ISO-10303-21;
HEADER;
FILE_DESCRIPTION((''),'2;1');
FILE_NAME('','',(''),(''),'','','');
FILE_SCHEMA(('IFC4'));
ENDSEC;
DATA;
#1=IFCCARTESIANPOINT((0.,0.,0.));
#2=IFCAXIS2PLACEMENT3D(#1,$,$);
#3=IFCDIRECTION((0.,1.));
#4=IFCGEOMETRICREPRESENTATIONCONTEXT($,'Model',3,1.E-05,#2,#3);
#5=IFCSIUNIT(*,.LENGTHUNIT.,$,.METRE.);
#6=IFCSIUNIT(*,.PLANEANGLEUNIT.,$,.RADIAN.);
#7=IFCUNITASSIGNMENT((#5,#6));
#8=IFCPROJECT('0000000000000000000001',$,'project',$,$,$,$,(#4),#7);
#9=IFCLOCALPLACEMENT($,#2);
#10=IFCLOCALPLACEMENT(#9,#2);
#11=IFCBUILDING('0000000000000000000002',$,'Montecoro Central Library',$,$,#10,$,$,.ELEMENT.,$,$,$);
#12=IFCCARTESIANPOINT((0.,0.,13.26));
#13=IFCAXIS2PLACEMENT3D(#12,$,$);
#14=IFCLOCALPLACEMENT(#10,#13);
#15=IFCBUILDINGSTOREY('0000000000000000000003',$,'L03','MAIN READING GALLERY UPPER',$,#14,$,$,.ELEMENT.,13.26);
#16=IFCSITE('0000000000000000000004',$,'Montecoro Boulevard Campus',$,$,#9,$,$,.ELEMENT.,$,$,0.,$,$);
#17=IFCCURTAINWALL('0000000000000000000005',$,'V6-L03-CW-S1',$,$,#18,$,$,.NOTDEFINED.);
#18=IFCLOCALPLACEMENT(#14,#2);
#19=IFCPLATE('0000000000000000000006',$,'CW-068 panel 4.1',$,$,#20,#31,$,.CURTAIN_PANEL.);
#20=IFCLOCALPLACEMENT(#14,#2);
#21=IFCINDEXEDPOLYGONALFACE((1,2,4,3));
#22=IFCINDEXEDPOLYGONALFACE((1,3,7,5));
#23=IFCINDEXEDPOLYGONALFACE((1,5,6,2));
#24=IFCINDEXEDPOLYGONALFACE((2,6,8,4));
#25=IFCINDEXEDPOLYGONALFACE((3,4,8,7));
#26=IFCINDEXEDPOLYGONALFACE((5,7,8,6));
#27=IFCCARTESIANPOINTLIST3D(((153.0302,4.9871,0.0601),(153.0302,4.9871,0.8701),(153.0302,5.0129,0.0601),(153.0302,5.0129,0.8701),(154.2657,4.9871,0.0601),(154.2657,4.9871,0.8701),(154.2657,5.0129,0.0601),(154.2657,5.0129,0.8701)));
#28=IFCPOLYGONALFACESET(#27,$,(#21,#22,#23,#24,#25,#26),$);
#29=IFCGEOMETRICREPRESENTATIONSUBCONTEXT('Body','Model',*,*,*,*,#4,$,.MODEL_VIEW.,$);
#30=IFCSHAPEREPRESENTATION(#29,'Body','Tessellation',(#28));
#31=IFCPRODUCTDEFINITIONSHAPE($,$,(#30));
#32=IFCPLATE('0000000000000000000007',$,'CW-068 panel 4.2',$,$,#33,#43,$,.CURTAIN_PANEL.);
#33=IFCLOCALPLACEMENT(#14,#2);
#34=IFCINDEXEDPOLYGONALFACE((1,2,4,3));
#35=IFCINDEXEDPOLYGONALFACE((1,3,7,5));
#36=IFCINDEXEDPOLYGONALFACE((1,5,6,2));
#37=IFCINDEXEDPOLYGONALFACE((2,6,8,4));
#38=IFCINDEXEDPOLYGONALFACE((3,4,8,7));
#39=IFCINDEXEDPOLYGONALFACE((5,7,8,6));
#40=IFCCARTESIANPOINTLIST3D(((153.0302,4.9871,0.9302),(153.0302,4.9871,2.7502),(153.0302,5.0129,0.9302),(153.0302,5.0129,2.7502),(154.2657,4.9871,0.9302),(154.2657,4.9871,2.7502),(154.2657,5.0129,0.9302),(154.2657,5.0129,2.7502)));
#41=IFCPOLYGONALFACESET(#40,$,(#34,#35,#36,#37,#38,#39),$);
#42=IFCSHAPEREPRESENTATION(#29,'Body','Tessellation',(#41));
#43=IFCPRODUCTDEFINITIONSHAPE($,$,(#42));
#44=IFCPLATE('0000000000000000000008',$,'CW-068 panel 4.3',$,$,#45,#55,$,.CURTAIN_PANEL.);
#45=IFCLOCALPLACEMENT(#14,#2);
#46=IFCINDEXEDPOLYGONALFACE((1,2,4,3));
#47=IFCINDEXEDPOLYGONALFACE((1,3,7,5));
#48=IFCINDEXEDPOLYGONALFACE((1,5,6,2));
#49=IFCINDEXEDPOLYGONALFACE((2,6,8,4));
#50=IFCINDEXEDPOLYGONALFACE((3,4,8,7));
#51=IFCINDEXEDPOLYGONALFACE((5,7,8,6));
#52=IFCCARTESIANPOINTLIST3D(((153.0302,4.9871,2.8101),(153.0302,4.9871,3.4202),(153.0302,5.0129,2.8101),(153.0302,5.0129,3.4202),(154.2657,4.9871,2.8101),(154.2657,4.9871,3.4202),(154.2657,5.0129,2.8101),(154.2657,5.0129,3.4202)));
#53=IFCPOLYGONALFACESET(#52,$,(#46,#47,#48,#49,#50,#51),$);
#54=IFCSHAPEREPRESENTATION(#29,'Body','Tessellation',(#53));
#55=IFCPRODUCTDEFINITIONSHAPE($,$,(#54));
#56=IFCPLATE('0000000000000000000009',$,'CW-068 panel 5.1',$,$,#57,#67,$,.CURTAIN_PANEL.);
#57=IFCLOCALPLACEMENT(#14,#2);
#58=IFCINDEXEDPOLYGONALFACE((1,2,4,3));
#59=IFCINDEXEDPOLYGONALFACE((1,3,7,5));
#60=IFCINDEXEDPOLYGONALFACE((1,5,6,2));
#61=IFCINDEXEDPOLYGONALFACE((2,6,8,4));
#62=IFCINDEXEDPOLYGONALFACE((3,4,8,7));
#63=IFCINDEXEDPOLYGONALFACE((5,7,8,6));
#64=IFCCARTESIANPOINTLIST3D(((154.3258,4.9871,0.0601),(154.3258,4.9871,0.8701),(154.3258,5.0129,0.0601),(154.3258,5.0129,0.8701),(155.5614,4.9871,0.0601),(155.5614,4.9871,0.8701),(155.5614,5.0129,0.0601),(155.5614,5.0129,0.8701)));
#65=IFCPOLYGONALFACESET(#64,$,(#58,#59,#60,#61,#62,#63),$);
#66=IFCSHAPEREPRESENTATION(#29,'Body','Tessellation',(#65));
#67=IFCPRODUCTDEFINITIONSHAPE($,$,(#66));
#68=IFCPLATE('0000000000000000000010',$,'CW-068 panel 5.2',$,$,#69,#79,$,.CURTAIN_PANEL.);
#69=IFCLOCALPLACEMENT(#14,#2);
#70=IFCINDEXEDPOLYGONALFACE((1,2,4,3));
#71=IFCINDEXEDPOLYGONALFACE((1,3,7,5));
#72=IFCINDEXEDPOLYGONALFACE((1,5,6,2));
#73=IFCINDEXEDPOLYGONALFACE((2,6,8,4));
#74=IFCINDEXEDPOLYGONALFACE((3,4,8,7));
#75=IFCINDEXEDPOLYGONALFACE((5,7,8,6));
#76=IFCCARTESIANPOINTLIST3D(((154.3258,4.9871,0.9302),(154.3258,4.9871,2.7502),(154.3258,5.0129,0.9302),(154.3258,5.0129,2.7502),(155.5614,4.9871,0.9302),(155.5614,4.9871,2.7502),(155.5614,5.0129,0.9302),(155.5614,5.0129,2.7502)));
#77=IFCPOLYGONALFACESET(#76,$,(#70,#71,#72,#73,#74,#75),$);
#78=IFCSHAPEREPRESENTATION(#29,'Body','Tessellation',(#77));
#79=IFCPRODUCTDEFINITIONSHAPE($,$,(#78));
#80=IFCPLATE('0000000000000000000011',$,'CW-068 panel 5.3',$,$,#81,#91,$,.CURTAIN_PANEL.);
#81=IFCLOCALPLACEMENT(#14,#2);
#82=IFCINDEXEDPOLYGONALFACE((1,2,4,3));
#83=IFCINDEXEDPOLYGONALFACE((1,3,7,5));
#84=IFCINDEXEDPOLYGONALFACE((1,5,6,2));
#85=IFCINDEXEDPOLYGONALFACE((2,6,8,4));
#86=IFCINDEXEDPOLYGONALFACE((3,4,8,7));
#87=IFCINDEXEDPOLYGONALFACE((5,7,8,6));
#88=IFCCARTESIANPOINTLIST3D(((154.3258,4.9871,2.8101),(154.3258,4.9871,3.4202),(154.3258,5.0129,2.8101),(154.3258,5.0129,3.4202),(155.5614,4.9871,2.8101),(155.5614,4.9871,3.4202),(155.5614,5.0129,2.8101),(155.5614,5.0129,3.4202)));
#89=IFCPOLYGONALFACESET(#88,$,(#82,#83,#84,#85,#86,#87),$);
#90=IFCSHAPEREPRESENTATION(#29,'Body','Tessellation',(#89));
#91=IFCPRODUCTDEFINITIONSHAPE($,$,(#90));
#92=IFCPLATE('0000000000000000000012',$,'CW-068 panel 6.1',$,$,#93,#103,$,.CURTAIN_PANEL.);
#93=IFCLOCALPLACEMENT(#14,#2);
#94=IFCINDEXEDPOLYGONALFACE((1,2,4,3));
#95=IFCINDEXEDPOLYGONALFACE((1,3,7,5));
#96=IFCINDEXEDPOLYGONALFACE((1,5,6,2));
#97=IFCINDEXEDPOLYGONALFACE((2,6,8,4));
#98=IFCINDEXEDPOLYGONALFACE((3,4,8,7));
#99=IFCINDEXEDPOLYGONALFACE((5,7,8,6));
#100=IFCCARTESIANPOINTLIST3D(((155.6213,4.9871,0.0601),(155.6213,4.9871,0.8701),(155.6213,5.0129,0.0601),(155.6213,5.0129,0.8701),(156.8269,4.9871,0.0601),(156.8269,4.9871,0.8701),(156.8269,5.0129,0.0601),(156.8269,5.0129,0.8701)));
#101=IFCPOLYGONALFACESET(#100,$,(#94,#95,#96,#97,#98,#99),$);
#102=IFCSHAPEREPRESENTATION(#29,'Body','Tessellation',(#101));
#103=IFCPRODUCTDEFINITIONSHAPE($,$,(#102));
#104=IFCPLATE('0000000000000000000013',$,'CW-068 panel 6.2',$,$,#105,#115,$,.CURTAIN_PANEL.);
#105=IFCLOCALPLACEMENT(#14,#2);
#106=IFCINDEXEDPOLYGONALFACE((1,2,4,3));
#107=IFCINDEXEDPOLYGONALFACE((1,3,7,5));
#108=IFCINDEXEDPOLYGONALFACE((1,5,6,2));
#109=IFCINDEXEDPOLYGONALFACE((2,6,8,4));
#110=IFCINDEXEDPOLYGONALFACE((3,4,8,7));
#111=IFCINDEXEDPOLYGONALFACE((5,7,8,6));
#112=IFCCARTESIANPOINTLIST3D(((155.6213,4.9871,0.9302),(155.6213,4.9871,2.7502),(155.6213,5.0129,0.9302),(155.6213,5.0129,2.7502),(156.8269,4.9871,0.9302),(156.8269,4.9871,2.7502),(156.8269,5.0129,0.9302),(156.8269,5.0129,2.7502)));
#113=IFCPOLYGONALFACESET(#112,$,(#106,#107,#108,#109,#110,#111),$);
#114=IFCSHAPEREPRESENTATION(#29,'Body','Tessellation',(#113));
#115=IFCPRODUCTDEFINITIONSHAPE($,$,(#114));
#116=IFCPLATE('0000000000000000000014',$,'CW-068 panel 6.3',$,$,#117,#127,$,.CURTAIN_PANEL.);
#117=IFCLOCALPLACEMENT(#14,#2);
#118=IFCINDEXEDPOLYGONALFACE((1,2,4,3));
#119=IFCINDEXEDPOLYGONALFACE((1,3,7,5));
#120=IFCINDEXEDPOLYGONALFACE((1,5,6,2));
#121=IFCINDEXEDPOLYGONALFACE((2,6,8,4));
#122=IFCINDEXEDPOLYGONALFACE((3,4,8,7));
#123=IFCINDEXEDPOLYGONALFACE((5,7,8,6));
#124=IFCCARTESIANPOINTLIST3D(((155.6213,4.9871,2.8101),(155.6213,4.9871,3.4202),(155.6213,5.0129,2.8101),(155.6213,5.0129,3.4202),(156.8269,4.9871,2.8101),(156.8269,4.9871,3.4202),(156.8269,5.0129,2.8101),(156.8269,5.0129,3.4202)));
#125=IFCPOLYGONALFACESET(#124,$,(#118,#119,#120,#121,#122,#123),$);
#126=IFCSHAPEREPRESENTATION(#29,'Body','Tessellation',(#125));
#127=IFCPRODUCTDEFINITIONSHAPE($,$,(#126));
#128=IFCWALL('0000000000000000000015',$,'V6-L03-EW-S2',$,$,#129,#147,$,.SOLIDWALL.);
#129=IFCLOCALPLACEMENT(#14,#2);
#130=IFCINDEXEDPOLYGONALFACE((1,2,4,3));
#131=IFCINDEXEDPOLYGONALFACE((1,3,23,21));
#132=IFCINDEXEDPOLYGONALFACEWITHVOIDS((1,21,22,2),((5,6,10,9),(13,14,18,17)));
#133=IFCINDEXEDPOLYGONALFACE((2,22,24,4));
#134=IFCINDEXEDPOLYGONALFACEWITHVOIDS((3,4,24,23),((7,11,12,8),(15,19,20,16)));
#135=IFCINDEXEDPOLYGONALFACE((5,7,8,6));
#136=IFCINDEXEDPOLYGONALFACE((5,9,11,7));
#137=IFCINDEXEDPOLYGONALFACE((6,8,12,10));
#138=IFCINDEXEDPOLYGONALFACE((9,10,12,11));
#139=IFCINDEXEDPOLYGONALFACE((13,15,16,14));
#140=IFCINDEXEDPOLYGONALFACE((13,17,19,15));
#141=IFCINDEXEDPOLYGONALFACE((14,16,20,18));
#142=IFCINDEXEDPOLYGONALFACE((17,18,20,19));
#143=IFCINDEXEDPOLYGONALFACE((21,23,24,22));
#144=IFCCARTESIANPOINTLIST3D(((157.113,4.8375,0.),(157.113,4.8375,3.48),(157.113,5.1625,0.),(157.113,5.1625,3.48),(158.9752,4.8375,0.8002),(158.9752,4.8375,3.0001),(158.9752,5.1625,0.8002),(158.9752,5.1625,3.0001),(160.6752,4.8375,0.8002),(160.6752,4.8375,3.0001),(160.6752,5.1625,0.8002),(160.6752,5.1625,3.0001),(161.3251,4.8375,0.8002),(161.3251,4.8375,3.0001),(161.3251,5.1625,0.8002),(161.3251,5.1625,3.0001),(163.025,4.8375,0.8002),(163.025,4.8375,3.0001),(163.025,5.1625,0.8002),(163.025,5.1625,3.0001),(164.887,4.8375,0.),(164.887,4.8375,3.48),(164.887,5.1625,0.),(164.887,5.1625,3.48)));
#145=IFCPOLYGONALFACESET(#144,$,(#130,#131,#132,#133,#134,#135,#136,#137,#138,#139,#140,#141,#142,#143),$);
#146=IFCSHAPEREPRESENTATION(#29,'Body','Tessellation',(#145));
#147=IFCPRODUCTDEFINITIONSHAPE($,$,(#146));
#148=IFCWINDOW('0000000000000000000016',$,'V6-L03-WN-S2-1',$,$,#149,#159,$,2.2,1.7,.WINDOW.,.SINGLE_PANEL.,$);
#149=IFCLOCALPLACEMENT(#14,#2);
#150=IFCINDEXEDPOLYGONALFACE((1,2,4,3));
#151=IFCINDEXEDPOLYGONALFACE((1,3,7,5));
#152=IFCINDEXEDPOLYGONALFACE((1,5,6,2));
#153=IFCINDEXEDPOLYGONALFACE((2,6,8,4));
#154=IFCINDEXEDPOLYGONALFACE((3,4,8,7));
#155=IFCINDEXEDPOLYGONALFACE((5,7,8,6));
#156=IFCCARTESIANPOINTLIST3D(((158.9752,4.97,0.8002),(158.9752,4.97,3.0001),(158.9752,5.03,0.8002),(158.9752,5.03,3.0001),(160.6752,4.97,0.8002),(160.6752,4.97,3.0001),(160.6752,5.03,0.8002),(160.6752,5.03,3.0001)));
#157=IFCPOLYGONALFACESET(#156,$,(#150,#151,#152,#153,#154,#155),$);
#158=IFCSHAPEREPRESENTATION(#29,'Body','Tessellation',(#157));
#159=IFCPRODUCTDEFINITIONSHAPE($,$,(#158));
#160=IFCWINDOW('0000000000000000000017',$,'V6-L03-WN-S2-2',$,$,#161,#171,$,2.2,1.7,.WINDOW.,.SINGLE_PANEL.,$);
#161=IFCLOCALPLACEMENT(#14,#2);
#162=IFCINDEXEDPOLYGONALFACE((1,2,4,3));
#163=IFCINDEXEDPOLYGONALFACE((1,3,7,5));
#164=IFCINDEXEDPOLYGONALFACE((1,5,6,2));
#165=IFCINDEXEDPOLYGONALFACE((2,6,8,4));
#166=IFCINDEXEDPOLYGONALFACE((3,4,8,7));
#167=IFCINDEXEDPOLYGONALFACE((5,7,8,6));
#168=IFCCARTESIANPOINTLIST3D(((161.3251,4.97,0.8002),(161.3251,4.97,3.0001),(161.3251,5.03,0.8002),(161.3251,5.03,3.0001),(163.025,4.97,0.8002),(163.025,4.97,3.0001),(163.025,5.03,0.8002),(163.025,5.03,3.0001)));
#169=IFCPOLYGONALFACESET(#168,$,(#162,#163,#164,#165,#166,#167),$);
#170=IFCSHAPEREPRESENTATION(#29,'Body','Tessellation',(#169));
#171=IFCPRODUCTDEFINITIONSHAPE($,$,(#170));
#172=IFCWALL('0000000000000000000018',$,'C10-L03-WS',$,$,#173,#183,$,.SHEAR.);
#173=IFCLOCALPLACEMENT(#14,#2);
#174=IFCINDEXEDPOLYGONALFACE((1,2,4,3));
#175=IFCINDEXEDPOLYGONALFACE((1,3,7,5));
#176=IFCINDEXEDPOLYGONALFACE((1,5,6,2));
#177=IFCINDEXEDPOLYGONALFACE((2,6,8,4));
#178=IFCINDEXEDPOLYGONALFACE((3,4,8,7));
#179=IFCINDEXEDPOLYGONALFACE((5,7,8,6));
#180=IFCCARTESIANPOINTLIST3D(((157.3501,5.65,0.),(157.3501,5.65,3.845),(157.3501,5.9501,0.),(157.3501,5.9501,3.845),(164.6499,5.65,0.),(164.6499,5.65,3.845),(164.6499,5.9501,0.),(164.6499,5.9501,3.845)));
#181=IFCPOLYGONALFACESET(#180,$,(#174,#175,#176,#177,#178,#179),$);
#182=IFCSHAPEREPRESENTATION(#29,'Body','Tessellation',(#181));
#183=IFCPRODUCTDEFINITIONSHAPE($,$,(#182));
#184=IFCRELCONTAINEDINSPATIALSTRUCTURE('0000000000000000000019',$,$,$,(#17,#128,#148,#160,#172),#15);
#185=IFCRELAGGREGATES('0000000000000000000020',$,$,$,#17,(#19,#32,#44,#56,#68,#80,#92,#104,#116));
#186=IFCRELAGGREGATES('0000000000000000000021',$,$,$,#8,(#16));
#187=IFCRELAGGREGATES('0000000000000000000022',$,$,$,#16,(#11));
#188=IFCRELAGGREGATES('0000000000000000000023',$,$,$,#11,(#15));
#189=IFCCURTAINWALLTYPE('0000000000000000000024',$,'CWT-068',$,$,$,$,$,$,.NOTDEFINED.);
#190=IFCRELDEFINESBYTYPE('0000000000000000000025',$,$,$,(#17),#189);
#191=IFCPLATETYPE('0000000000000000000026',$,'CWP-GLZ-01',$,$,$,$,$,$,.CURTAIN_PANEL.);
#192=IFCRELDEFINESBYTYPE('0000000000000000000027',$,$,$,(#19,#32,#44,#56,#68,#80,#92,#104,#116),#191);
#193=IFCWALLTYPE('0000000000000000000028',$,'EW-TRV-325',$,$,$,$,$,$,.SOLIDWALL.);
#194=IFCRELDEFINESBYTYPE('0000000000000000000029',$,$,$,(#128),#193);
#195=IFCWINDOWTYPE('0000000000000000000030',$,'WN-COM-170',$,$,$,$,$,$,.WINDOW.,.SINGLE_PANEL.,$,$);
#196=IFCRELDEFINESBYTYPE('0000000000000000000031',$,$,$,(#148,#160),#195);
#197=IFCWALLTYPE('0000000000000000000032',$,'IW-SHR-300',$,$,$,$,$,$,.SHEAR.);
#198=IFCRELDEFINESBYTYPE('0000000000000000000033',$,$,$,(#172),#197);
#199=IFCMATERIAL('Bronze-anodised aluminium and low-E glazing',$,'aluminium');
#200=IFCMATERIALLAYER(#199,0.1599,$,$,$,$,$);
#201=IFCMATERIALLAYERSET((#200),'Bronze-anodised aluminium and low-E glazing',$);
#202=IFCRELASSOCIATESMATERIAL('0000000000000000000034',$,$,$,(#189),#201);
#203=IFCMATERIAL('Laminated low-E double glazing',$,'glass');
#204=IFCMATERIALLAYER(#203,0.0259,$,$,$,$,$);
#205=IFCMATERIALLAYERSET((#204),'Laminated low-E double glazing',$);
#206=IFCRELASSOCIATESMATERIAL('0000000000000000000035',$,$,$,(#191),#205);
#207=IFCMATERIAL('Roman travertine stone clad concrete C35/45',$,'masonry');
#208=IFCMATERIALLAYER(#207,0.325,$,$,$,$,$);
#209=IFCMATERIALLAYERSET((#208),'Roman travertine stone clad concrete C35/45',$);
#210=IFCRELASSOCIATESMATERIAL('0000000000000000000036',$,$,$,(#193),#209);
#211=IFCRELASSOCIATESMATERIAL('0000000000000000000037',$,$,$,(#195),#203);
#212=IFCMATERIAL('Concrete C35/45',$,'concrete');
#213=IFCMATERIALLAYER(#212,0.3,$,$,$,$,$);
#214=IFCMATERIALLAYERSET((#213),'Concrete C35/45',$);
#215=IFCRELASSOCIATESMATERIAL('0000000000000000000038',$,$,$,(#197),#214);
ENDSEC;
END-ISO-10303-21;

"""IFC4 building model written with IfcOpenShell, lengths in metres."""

from ifc_helpers import new_model, si_unit, direction, frame, frame_2d, origin, origin_2d, place, context, subcontext, project, spatial, rectangle, extrude, material, layer, layer_set, type_object, element, fill, aggregate, save


model = new_model("IFC4")

# Units and contexts
model_context = context("Model", 3, precision=1e-05, world=origin(), true_north=direction((0.0, 1.0)))
body_context = subcontext(model_context, "Body", "Model", "MODEL_VIEW")
ifc_project = project(units=[si_unit("LENGTHUNIT", "METRE"), si_unit("PLANEANGLEUNIT", "RADIAN")], contexts=[model_context])

# Site, building, storey
site_placement = place(None, origin())
site = spatial("IfcSite", under=ifc_project, at=site_placement, Name="Montecoro Boulevard Campus", CompositionType="ELEMENT", RefElevation=0.0)
building_placement = place(site_placement, origin())
building = spatial("IfcBuilding", under=site, at=building_placement, Name="Montecoro Central Library", CompositionType="ELEMENT")
storey_placement = place(building_placement, frame((0.0, 0.0, 13.26)))
storey = spatial("IfcBuildingStorey", under=building, at=storey_placement, Name="L03", Description="MAIN READING GALLERY UPPER", CompositionType="ELEMENT", Elevation=13.26)

# Curtain wall, plates
ifc_material_1 = material(Name="Bronze-anodised aluminium and low-E glazing", Category="aluminium")
ifc_layer_1 = layer(ifc_material_1, 0.1599)
ifc_layer_set_1 = layer_set([ifc_layer_1], Name="Bronze-anodised aluminium and low-E glazing")
curtain_wall_type = type_object("IfcCurtainWallType", Name="CWT-068", PredefinedType="NOTDEFINED", material=ifc_layer_set_1)
curtain_wall_placement = place(storey_placement, origin())
curtain_wall = element("IfcCurtainWall", 1, at=curtain_wall_placement, inside=storey, type_object=curtain_wall_type, Name="V6-L03-CW-S1", PredefinedType="NOTDEFINED")
ifc_material_2 = material(Name="Laminated low-E double glazing", Category="glass")
ifc_layer_2 = layer(ifc_material_2, 0.0259)
ifc_layer_set_2 = layer_set([ifc_layer_2], Name="Laminated low-E double glazing")
plate_type = type_object("IfcPlateType", Name="CWP-GLZ-01", PredefinedType="CURTAIN_PANEL", material=ifc_layer_set_2)
plate_1_placement = place(storey_placement, frame((153.6479, 5.0, 0.0601), z_axis=(0.0, 0.0, 1.0), x_axis=(1.0, 0.0, 0.0)))
plate_1 = element("IfcPlate", 2, at=plate_1_placement, type_object=plate_type, Name="CW-068 panel 4.1", PredefinedType="CURTAIN_PANEL", context=body_context, shape_type="SweptSolid", body=[
    extrude(rectangle(XDim=1.2356, YDim=0.0259, at=origin_2d()), origin(), (0.0, 0.0, 1.0), 0.8101),
])
plate_2_placement = place(storey_placement, frame((153.6479, 5.0, 0.9302), z_axis=(0.0, 0.0, 1.0), x_axis=(1.0, 0.0, 0.0)))
plate_2 = element("IfcPlate", 3, at=plate_2_placement, type_object=plate_type, Name="CW-068 panel 4.2", PredefinedType="CURTAIN_PANEL", context=body_context, shape_type="SweptSolid", body=[
    extrude(rectangle(XDim=1.2356, YDim=0.0259, at=origin_2d()), origin(), (0.0, 0.0, 1.0), 1.8201),
])
plate_3_placement = place(storey_placement, frame((153.6479, 5.0, 2.8101), z_axis=(0.0, 0.0, 1.0), x_axis=(1.0, 0.0, 0.0)))
plate_3 = element("IfcPlate", 4, at=plate_3_placement, type_object=plate_type, Name="CW-068 panel 4.3", PredefinedType="CURTAIN_PANEL", context=body_context, shape_type="SweptSolid", body=[
    extrude(rectangle(XDim=1.2356, YDim=0.0259, at=origin_2d()), origin(), (0.0, 0.0, 1.0), 0.6101),
])
plate_4_placement = place(storey_placement, frame((154.9436, 5.0, 0.0601), z_axis=(0.0, 0.0, 1.0), x_axis=(1.0, 0.0, 0.0)))
plate_4 = element("IfcPlate", 5, at=plate_4_placement, type_object=plate_type, Name="CW-068 panel 5.1", PredefinedType="CURTAIN_PANEL", context=body_context, shape_type="SweptSolid", body=[
    extrude(rectangle(XDim=1.2356, YDim=0.0259, at=origin_2d()), origin(), (0.0, 0.0, 1.0), 0.8101),
])
plate_5_placement = place(storey_placement, frame((154.9436, 5.0, 0.9302), z_axis=(0.0, 0.0, 1.0), x_axis=(1.0, 0.0, 0.0)))
plate_5 = element("IfcPlate", 6, at=plate_5_placement, type_object=plate_type, Name="CW-068 panel 5.2", PredefinedType="CURTAIN_PANEL", context=body_context, shape_type="SweptSolid", body=[
    extrude(rectangle(XDim=1.2356, YDim=0.0259, at=origin_2d()), origin(), (0.0, 0.0, 1.0), 1.8201),
])
plate_6_placement = place(storey_placement, frame((154.9436, 5.0, 2.8101), z_axis=(0.0, 0.0, 1.0), x_axis=(1.0, 0.0, 0.0)))
plate_6 = element("IfcPlate", 7, at=plate_6_placement, type_object=plate_type, Name="CW-068 panel 5.3", PredefinedType="CURTAIN_PANEL", context=body_context, shape_type="SweptSolid", body=[
    extrude(rectangle(XDim=1.2356, YDim=0.0259, at=origin_2d()), origin(), (0.0, 0.0, 1.0), 0.6101),
])
plate_7_placement = place(storey_placement, frame((156.2241, 5.0, 0.0601), z_axis=(0.0, 0.0, 1.0), x_axis=(1.0, 0.0, 0.0)))
plate_7 = element("IfcPlate", 8, at=plate_7_placement, type_object=plate_type, Name="CW-068 panel 6.1", PredefinedType="CURTAIN_PANEL", context=body_context, shape_type="SweptSolid", body=[
    extrude(rectangle(XDim=1.2056, YDim=0.0259, at=origin_2d()), origin(), (0.0, 0.0, 1.0), 0.8101),
])
plate_8_placement = place(storey_placement, frame((156.2241, 5.0, 0.9302), z_axis=(0.0, 0.0, 1.0), x_axis=(1.0, 0.0, 0.0)))
plate_8 = element("IfcPlate", 9, at=plate_8_placement, type_object=plate_type, Name="CW-068 panel 6.2", PredefinedType="CURTAIN_PANEL", context=body_context, shape_type="SweptSolid", body=[
    extrude(rectangle(XDim=1.2056, YDim=0.0259, at=origin_2d()), origin(), (0.0, 0.0, 1.0), 1.8201),
])
plate_9_placement = place(storey_placement, frame((156.2241, 5.0, 2.8101), z_axis=(0.0, 0.0, 1.0), x_axis=(1.0, 0.0, 0.0)))
plate_9 = element("IfcPlate", 10, at=plate_9_placement, type_object=plate_type, Name="CW-068 panel 6.3", PredefinedType="CURTAIN_PANEL", context=body_context, shape_type="SweptSolid", body=[
    extrude(rectangle(XDim=1.2056, YDim=0.0259, at=origin_2d()), origin(), (0.0, 0.0, 1.0), 0.6101),
])
aggregate(curtain_wall, [plate_1, plate_2, plate_3, plate_4, plate_5, plate_6, plate_7, plate_8, plate_9])

# Wall, openings, windows
ifc_material_3 = material(Name="Roman travertine stone clad concrete C35/45", Category="masonry")
ifc_layer_3 = layer(ifc_material_3, 0.325)
ifc_layer_set_3 = layer_set([ifc_layer_3], Name="Roman travertine stone clad concrete C35/45")
wall_type_1 = type_object("IfcWallType", Name="EW-TRV-325", PredefinedType="SOLIDWALL", material=ifc_layer_set_3)
wall_1_placement = place(storey_placement, frame((157.113, 5.0, 0.0), z_axis=(0.0, 0.0, 1.0), x_axis=(1.0, 0.0, 0.0)))
wall_1 = element("IfcWall", 11, at=wall_1_placement, inside=storey, type_object=wall_type_1, Name="V6-L03-EW-S2", PredefinedType="SOLIDWALL", context=body_context, shape_type="SweptSolid", body=[
    extrude(rectangle(XDim=7.7739, YDim=0.325, at=frame_2d((3.887, 0.0))), origin(), (0.0, 0.0, 1.0), 3.48),
])
opening_1_placement = place(wall_1_placement, frame((1.8621, 0.0, 0.8)))
opening_1 = element("IfcOpeningElement", 12, at=opening_1_placement, cuts=wall_1, PredefinedType="OPENING", context=body_context, shape_type="SweptSolid", body=[
    extrude(rectangle(XDim=1.7, YDim=2.2, at=frame_2d((0.8501, 1.1001))), frame((0.0, 0.1724, 0.0), z_axis=(0.0, -1.0, 0.0), x_axis=(1.0, 0.0, 0.0)), (0.0, 0.0, 1.0), 0.345),
])
opening_2_placement = place(wall_1_placement, frame((4.2119, 0.0, 0.8)))
opening_2 = element("IfcOpeningElement", 13, at=opening_2_placement, cuts=wall_1, PredefinedType="OPENING", context=body_context, shape_type="SweptSolid", body=[
    extrude(rectangle(XDim=1.7, YDim=2.2, at=frame_2d((0.8501, 1.1001))), frame((0.0, 0.1724, 0.0), z_axis=(0.0, -1.0, 0.0), x_axis=(1.0, 0.0, 0.0)), (0.0, 0.0, 1.0), 0.345),
])
window_type = type_object("IfcWindowType", Name="WN-COM-170", PartitioningType="SINGLE_PANEL", PredefinedType="WINDOW", material=ifc_material_2)
window_1_placement = place(opening_1_placement, origin())
window_1 = element("IfcWindow", 14, at=window_1_placement, inside=storey, type_object=window_type, Name="V6-L03-WN-S2-1", OverallHeight=2.2, OverallWidth=1.7, PartitioningType="SINGLE_PANEL", PredefinedType="WINDOW", context=body_context, shape_type="SweptSolid", body=[
    extrude(rectangle(XDim=1.7, YDim=2.2, at=frame_2d((0.8501, 1.1001))), frame((0.0, 0.03, 0.0), z_axis=(0.0, -1.0, 0.0), x_axis=(1.0, 0.0, 0.0)), (0.0, 0.0, 1.0), 0.0601),
])
fill(opening_1, window_1)
window_2_placement = place(opening_2_placement, origin())
window_2 = element("IfcWindow", 15, at=window_2_placement, inside=storey, type_object=window_type, Name="V6-L03-WN-S2-2", OverallHeight=2.2, OverallWidth=1.7, PartitioningType="SINGLE_PANEL", PredefinedType="WINDOW", context=body_context, shape_type="SweptSolid", body=[
    extrude(rectangle(XDim=1.7, YDim=2.2, at=frame_2d((0.8501, 1.1001))), frame((0.0, 0.03, 0.0), z_axis=(0.0, -1.0, 0.0), x_axis=(1.0, 0.0, 0.0)), (0.0, 0.0, 1.0), 0.0601),
])
fill(opening_2, window_2)

# Wall
ifc_material_4 = material(Name="Concrete C35/45", Category="concrete")
ifc_layer_4 = layer(ifc_material_4, 0.3)
ifc_layer_set_4 = layer_set([ifc_layer_4], Name="Concrete C35/45")
wall_type_2 = type_object("IfcWallType", Name="IW-SHR-300", PredefinedType="SHEAR", material=ifc_layer_set_4)
wall_2_placement = place(storey_placement, frame((157.3501, 5.8, 0.0), z_axis=(0.0, 0.0, 1.0), x_axis=(1.0, 0.0, 0.0)))
element("IfcWall", 16, at=wall_2_placement, inside=storey, type_object=wall_type_2, Name="C10-L03-WS", PredefinedType="SHEAR", context=body_context, shape_type="SweptSolid", body=[
    extrude(rectangle(XDim=7.2998, YDim=0.3, at=frame_2d((3.6499, 0.0))), origin(), (0.0, 0.0, 1.0), 3.845),
])

save(model, "model.ifc")
